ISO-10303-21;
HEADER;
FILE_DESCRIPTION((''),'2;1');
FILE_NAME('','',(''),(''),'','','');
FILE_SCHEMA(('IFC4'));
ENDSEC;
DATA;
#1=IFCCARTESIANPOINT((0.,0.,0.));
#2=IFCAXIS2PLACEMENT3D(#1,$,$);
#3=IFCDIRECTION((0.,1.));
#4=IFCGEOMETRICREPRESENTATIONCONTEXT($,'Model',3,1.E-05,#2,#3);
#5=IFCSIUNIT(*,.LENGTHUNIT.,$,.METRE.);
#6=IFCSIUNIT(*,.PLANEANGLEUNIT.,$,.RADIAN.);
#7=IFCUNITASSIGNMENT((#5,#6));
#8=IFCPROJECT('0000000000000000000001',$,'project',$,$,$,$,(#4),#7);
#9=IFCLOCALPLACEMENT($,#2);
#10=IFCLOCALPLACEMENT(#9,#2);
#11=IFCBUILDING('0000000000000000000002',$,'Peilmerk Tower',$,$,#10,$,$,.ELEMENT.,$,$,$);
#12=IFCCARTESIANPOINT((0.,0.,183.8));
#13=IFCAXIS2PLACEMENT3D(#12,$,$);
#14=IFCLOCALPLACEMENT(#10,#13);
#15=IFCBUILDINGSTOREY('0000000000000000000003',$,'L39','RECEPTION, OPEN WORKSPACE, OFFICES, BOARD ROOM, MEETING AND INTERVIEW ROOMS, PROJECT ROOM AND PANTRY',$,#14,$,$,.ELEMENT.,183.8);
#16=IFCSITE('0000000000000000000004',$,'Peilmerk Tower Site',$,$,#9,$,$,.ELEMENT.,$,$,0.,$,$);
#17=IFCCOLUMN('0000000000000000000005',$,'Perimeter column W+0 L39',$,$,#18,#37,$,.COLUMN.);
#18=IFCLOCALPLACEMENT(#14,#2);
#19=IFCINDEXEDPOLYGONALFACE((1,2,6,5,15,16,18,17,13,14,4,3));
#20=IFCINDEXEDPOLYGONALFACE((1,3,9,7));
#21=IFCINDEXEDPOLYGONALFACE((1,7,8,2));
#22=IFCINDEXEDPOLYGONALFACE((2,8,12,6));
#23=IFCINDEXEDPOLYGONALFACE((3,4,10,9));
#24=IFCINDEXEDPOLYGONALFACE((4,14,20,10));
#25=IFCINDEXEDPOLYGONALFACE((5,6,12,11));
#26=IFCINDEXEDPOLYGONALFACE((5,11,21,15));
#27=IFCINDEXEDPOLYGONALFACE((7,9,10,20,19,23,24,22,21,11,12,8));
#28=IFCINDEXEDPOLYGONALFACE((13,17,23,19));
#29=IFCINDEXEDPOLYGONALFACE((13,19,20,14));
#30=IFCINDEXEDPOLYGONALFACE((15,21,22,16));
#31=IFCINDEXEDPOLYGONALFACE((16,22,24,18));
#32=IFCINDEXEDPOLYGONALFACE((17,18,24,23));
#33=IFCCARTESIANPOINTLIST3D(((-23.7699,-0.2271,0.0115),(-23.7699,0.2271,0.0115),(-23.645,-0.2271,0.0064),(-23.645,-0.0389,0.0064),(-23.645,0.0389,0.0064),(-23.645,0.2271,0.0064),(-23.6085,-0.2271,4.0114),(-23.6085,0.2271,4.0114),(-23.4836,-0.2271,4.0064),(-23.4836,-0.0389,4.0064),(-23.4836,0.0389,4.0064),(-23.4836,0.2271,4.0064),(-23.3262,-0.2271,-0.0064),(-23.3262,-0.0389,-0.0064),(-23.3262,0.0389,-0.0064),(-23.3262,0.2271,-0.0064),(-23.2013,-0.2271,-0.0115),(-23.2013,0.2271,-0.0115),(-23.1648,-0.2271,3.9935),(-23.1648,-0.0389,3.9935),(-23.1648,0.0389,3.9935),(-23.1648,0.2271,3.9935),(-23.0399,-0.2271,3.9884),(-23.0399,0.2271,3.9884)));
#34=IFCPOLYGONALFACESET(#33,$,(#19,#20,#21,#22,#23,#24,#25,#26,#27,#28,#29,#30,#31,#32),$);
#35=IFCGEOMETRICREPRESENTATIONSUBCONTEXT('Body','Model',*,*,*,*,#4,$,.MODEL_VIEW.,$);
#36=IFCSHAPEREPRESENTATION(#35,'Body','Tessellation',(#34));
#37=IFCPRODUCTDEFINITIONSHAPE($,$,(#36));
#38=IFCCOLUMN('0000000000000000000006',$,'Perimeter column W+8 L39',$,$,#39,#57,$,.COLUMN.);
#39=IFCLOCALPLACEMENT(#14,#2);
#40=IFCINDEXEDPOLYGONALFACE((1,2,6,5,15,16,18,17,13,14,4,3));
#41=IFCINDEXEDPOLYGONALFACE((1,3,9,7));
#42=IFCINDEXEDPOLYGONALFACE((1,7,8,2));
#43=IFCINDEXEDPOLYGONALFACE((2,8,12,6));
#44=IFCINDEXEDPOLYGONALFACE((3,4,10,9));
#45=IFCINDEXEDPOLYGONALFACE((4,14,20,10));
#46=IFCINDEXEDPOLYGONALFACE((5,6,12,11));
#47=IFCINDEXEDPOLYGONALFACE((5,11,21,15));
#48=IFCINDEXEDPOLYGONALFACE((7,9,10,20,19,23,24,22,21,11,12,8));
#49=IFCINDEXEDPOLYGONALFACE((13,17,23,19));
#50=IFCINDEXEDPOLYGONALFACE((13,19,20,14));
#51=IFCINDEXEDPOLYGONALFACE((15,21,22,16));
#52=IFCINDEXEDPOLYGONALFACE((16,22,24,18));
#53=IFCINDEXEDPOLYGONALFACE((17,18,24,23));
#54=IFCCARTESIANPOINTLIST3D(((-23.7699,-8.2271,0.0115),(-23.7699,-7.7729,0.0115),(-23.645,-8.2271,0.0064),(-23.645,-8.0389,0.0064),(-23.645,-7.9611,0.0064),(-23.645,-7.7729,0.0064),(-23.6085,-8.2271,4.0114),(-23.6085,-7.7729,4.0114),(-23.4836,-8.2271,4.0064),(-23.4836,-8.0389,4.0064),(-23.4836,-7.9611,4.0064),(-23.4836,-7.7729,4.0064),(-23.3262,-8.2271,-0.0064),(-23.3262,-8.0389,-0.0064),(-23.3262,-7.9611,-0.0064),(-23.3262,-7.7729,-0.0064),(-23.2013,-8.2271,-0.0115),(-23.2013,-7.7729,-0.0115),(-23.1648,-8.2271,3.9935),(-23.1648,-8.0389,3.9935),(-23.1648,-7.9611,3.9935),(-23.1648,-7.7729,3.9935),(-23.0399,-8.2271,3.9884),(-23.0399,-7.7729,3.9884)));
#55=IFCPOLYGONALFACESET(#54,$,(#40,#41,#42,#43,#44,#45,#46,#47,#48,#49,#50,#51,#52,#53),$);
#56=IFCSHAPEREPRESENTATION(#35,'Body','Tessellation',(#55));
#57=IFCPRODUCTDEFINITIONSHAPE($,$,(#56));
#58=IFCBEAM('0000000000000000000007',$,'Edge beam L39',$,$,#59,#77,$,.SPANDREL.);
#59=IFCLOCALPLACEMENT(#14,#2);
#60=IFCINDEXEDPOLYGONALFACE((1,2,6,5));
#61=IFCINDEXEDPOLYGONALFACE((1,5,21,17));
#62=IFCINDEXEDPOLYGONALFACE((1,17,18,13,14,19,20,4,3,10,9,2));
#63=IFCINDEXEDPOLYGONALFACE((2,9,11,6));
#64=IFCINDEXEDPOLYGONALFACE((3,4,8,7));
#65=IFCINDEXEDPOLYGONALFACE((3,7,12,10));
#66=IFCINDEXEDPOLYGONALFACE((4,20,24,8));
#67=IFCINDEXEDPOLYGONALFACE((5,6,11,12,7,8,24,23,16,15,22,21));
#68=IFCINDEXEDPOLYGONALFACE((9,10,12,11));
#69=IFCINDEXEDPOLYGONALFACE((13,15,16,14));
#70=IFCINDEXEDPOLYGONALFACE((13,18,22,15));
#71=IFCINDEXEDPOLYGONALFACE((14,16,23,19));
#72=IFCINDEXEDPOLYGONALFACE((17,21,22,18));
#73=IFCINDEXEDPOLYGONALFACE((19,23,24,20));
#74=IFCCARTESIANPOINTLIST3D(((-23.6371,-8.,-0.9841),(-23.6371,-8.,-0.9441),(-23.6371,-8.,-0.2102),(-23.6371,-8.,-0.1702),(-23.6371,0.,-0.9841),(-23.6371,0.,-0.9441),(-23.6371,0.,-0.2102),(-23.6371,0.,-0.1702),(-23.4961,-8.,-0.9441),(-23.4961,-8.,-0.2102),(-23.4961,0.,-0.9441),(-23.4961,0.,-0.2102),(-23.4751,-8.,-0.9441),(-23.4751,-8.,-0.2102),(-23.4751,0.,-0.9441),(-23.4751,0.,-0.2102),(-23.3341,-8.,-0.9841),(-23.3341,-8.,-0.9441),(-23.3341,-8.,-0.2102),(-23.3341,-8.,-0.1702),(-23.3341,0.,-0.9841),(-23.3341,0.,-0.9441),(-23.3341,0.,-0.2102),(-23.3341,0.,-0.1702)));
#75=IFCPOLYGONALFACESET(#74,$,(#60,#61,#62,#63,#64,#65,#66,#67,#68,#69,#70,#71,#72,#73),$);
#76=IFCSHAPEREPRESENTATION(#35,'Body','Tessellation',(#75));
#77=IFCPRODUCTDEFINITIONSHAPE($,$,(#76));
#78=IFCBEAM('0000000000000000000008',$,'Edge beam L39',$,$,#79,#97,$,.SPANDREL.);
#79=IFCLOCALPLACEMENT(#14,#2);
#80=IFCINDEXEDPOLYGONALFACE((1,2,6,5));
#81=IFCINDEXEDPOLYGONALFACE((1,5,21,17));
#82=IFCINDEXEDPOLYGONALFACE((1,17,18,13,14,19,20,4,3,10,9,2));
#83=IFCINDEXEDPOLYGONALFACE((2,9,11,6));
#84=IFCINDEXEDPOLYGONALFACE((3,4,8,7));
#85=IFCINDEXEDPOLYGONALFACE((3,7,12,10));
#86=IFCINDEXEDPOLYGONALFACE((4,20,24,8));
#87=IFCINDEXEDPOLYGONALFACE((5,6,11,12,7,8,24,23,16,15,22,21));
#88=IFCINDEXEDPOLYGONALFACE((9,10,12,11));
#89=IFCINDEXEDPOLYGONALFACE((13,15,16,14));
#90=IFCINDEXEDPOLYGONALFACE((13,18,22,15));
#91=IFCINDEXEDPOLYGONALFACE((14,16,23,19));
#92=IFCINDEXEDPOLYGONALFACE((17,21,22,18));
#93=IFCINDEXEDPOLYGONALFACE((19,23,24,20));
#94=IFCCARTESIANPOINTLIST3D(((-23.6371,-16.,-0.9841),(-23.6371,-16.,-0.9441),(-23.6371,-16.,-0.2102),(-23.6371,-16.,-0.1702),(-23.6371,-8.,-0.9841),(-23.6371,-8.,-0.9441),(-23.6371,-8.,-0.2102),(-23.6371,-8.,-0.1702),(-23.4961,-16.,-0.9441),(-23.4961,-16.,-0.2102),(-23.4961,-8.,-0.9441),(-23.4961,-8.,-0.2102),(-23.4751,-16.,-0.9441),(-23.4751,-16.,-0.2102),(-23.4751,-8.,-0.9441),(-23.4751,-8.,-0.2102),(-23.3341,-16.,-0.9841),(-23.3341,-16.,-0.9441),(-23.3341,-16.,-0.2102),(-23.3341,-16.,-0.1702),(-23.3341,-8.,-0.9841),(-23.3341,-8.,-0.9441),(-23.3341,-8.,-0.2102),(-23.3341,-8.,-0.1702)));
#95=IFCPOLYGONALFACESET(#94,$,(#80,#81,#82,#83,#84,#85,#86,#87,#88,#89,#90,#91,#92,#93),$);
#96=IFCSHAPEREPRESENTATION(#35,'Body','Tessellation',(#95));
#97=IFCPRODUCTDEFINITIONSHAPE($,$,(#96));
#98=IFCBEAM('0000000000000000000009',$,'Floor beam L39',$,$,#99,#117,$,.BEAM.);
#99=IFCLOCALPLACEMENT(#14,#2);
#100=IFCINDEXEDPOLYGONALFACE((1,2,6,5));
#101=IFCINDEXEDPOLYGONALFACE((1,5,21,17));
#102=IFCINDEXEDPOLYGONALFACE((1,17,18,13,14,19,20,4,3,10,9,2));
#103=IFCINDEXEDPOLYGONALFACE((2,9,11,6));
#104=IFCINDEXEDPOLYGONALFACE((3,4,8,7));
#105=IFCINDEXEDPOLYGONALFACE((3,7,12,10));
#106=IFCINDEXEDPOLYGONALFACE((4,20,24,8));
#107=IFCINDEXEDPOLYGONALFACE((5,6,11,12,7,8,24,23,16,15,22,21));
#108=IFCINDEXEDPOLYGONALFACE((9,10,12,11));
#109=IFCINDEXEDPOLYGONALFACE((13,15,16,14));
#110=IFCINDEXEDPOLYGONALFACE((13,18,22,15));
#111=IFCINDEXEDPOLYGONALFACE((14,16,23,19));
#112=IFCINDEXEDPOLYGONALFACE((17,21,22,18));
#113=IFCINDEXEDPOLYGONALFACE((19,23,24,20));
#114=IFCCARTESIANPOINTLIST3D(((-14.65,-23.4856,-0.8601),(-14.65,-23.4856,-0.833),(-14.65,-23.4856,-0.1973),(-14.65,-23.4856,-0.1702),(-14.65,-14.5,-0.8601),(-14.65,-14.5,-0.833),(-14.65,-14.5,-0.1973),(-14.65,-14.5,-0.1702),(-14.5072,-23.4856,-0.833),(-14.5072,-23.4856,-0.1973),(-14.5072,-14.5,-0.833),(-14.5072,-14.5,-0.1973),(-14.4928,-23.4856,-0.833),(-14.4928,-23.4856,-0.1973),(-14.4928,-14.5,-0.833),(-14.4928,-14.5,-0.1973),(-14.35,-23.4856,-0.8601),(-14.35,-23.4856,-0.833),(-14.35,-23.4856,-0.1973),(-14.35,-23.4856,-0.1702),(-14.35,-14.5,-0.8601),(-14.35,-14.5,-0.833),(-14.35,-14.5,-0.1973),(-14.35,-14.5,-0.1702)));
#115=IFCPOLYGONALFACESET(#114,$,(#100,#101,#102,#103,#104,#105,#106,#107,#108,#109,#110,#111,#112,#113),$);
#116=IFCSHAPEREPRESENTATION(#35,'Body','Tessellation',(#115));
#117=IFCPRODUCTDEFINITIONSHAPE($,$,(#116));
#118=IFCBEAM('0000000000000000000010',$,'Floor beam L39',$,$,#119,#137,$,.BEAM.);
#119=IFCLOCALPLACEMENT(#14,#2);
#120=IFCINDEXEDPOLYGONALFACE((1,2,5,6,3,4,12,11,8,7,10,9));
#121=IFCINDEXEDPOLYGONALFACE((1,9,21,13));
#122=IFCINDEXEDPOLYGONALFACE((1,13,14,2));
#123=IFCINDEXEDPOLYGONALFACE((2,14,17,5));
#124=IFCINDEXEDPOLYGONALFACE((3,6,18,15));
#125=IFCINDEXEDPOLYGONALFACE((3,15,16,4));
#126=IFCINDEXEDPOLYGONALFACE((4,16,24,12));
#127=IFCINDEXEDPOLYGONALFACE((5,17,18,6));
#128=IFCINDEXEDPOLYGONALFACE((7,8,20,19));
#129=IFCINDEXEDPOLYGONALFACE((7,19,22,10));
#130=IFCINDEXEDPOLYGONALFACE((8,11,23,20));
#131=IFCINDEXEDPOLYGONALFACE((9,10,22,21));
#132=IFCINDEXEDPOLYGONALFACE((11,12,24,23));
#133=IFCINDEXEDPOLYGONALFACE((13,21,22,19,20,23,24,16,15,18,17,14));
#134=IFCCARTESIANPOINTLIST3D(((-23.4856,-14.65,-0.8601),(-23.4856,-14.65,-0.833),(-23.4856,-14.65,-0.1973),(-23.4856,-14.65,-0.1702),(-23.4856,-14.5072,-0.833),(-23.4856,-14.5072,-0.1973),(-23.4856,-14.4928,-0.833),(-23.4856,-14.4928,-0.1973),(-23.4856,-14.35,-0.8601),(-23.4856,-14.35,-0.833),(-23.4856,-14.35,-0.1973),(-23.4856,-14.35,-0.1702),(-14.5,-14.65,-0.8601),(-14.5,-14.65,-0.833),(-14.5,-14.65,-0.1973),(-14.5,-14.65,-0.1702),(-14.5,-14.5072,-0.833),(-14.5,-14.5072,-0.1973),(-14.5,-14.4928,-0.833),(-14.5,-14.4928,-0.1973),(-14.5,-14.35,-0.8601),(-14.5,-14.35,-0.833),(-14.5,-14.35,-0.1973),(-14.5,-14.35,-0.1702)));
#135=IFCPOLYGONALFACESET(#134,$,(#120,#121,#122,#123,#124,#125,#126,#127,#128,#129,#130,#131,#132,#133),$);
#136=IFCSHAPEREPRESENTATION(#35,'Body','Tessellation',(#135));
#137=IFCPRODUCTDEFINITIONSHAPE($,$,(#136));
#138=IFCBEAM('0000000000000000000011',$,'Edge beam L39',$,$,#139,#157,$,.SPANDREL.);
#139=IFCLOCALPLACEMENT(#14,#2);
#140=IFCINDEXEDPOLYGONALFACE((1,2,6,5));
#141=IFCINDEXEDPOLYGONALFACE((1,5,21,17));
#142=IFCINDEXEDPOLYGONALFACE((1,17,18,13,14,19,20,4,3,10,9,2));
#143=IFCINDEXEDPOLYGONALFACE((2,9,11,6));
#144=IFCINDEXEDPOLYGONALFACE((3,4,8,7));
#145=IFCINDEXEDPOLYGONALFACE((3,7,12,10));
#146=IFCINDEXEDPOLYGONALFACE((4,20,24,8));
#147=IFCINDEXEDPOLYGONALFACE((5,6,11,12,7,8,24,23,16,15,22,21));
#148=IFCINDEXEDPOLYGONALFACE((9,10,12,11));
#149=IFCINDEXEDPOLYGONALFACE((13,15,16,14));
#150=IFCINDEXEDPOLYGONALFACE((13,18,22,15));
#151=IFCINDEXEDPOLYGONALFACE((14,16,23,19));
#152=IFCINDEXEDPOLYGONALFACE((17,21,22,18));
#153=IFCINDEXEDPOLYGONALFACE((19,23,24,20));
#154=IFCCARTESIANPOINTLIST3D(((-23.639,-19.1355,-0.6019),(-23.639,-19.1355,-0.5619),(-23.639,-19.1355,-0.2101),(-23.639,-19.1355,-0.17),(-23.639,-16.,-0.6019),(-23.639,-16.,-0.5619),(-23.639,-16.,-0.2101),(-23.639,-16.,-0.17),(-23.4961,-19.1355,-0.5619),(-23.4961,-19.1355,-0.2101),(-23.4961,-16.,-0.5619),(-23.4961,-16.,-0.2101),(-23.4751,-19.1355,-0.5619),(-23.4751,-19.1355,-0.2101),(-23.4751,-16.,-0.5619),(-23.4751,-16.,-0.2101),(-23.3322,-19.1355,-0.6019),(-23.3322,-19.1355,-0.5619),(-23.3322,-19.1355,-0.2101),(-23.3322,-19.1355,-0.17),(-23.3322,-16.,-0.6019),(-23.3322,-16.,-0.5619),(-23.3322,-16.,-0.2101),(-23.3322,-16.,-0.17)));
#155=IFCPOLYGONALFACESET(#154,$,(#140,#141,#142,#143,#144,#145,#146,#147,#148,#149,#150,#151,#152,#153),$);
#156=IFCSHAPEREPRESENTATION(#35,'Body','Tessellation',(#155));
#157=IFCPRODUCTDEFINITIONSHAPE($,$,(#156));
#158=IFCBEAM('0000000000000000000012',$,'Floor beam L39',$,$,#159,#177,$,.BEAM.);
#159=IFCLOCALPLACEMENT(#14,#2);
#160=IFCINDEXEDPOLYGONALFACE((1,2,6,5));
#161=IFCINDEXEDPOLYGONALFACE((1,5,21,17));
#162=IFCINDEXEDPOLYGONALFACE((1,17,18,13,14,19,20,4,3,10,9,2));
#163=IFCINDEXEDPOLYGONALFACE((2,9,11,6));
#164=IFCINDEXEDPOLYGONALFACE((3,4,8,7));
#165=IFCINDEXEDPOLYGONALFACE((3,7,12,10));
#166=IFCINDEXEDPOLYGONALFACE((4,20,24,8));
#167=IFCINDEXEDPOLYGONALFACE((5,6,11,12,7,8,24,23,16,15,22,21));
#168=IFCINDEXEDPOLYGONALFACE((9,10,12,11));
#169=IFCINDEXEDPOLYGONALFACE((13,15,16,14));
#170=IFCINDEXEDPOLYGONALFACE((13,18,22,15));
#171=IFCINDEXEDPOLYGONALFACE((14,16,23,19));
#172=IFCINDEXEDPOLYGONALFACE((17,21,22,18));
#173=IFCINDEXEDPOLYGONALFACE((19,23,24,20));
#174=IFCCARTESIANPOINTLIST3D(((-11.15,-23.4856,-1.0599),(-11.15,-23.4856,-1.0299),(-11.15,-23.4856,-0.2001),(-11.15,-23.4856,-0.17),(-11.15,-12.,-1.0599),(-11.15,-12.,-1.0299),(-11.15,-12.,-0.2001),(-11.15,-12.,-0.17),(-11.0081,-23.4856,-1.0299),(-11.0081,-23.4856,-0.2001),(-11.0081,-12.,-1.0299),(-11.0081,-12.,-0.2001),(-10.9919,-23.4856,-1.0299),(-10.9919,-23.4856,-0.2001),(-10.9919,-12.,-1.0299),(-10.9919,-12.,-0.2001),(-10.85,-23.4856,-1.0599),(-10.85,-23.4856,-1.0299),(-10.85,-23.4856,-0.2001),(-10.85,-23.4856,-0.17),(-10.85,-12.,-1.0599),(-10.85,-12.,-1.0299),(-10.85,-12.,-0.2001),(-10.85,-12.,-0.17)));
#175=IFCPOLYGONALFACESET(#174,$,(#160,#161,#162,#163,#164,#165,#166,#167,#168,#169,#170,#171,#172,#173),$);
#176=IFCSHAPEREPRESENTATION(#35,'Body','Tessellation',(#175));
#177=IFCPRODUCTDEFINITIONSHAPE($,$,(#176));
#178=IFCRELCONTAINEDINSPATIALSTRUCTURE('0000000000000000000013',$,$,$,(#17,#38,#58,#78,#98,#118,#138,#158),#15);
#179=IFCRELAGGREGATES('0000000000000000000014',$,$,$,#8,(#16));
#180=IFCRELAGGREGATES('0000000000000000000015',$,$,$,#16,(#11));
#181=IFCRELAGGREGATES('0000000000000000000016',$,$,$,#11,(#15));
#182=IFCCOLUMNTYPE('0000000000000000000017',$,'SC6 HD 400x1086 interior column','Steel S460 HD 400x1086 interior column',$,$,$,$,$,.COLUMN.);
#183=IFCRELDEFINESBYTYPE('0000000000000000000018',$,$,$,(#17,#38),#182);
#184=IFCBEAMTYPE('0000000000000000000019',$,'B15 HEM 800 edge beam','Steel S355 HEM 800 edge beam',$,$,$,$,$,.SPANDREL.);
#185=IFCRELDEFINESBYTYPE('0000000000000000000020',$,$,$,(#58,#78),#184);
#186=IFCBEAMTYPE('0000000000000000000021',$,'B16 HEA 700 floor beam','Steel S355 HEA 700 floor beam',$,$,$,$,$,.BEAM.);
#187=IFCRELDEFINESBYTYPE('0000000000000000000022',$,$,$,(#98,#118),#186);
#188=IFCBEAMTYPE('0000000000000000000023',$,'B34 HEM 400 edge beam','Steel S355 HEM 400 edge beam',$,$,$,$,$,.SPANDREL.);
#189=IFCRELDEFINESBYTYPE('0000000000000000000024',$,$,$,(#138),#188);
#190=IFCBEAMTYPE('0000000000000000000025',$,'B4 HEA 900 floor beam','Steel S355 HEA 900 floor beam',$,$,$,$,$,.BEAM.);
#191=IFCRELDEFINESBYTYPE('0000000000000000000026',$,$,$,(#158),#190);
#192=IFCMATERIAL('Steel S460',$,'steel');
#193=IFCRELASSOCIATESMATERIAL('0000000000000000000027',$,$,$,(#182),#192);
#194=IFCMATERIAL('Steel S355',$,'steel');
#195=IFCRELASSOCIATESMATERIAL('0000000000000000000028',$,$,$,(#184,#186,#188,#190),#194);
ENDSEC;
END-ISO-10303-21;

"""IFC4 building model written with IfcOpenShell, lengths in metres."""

from ifc_helpers import new_model, si_unit, direction, frame, origin, origin_2d, place, context, subcontext, project, spatial, i_section, extrude, material, material_profile, profile_set, type_object, element, save


model = new_model("IFC4")

# Units and contexts
model_context = context("Model", 3, precision=1e-05, world=origin(), true_north=direction((0.0, 1.0)))
body_context = subcontext(model_context, "Body", "Model", "MODEL_VIEW")
ifc_project = project(units=[si_unit("LENGTHUNIT", "METRE"), si_unit("PLANEANGLEUNIT", "RADIAN")], contexts=[model_context])

# Site, building, storey
site_placement = place(None, origin())
site = spatial("IfcSite", under=ifc_project, at=site_placement, Name="Peilmerk Tower Site", CompositionType="ELEMENT", RefElevation=0.0)
building_placement = place(site_placement, origin())
building = spatial("IfcBuilding", under=site, at=building_placement, Name="Peilmerk Tower", CompositionType="ELEMENT")
storey_placement = place(building_placement, frame((0.0, 0.0, 183.8)))
storey = spatial("IfcBuildingStorey", under=building, at=storey_placement, Name="L39", Description="RECEPTION, OPEN WORKSPACE, OFFICES, BOARD ROOM, MEETING AND INTERVIEW ROOMS, PROJECT ROOM AND PANTRY", CompositionType="ELEMENT", Elevation=183.8)

# Columns
ifc_material_1 = material(Name="Steel S460", Category="steel")
ifc_material_profile_1 = material_profile(ifc_material_1, i_section(OverallWidth=0.4541, OverallDepth=0.5691, WebThickness=0.0779, FlangeThickness=0.125, at=origin_2d()), Name="HD 400x1086")
ifc_profile_set_1 = profile_set([ifc_material_profile_1], Name="Steel S460")
column_type = type_object("IfcColumnType", Name="SC6 HD 400x1086 interior column", Description="Steel S460 HD 400x1086 interior column", PredefinedType="COLUMN", material=ifc_profile_set_1)
for number, where, z_axis, x_axis, name in (
    (1, (-23.4856, 0.0, 0.0), (0.040311, 0.0, 0.999187), (0.0, 1.0, 0.0), "Perimeter column W+0 L39"),
    (2, (-23.4856, -8.0, 0.0), (0.040311, 0.0, 0.999187), (0.0, 1.0, 0.0), "Perimeter column W+8 L39"),
):
    element("IfcColumn", number, at=place(storey_placement, frame(where, z_axis=z_axis, x_axis=x_axis)), inside=storey, type_object=column_type, Name=name, PredefinedType="COLUMN", context=body_context, shape_type="SweptSolid", body=[
        extrude(i_section(OverallWidth=0.4541, OverallDepth=0.5691, WebThickness=0.0779, FlangeThickness=0.125, at=origin_2d()), origin(), (0.0, 0.0, 1.0), 4.0032),
    ])

# Beams
ifc_material_2 = material(Name="Steel S355", Category="steel")
ifc_material_profile_2 = material_profile(ifc_material_2, i_section(OverallWidth=0.303, OverallDepth=0.814, WebThickness=0.021, FlangeThickness=0.04, at=origin_2d()), Name="HEM 800")
ifc_profile_set_2 = profile_set([ifc_material_profile_2], Name="Steel S355")
beam_type_1 = type_object("IfcBeamType", Name="B15 HEM 800 edge beam", Description="Steel S355 HEM 800 edge beam", PredefinedType="SPANDREL", material=ifc_profile_set_2)
for number, where, z_axis, x_axis, name in (
    (3, (-23.4856, 0.0, -0.5771), (0.0, -1.0, 0.0), (1.0, 0.0, 0.0), "Edge beam L39"),
    (4, (-23.4856, -8.0, -0.5771), (0.0, -1.0, 0.0), (1.0, 0.0, 0.0), "Edge beam L39"),
):
    element("IfcBeam", number, at=place(storey_placement, frame(where, z_axis=z_axis, x_axis=x_axis)), inside=storey, type_object=beam_type_1, Name=name, PredefinedType="SPANDREL", context=body_context, shape_type="SweptSolid", body=[
        extrude(i_section(OverallWidth=0.303, OverallDepth=0.814, WebThickness=0.021, FlangeThickness=0.04, at=origin_2d()), origin(), (0.0, 0.0, 1.0), 8.0),
    ])
ifc_material_profile_3 = material_profile(ifc_material_2, i_section(OverallWidth=0.3, OverallDepth=0.6899, WebThickness=0.0144, FlangeThickness=0.0271, at=origin_2d()), Name="HEA 700")
ifc_profile_set_3 = profile_set([ifc_material_profile_3], Name="Steel S355")
beam_type_2 = type_object("IfcBeamType", Name="B16 HEA 700 floor beam", Description="Steel S355 HEA 700 floor beam", PredefinedType="BEAM", material=ifc_profile_set_3)
for number, where, z_axis, x_axis, name in (
    (5, (-14.5, -14.5, -0.5151), (0.0, -1.0, 0.0), (1.0, 0.0, 0.0), "Floor beam L39"),
    (6, (-14.5, -14.5, -0.5151), (-1.0, 0.0, 0.0), (0.0, -1.0, 0.0), "Floor beam L39"),
):
    element("IfcBeam", number, at=place(storey_placement, frame(where, z_axis=z_axis, x_axis=x_axis)), inside=storey, type_object=beam_type_2, Name=name, PredefinedType="BEAM", context=body_context, shape_type="SweptSolid", body=[
        extrude(i_section(OverallWidth=0.3, OverallDepth=0.6899, WebThickness=0.0144, FlangeThickness=0.0271, at=origin_2d()), origin(), (0.0, 0.0, 1.0), 8.9856),
    ])
ifc_material_profile_4 = material_profile(ifc_material_2, i_section(OverallWidth=0.3069, OverallDepth=0.4319, WebThickness=0.021, FlangeThickness=0.04, at=origin_2d()), Name="HEM 400")
ifc_profile_set_4 = profile_set([ifc_material_profile_4], Name="Steel S355")
beam_type_3 = type_object("IfcBeamType", Name="B34 HEM 400 edge beam", Description="Steel S355 HEM 400 edge beam", PredefinedType="SPANDREL", material=ifc_profile_set_4)
beam_1_placement = place(storey_placement, frame((-23.4856, -16.0, -0.386), z_axis=(0.0, -1.0, 0.0), x_axis=(1.0, 0.0, 0.0)))
element("IfcBeam", 7, at=beam_1_placement, inside=storey, type_object=beam_type_3, Name="Edge beam L39", PredefinedType="SPANDREL", context=body_context, shape_type="SweptSolid", body=[
    extrude(i_section(OverallWidth=0.3069, OverallDepth=0.4319, WebThickness=0.021, FlangeThickness=0.04, at=origin_2d()), origin(), (0.0, 0.0, 1.0), 3.1355),
])
ifc_material_profile_5 = material_profile(ifc_material_2, i_section(OverallWidth=0.3, OverallDepth=0.8899, WebThickness=0.0161, FlangeThickness=0.03, at=origin_2d()), Name="HEA 900")
ifc_profile_set_5 = profile_set([ifc_material_profile_5], Name="Steel S355")
beam_type_4 = type_object("IfcBeamType", Name="B4 HEA 900 floor beam", Description="Steel S355 HEA 900 floor beam", PredefinedType="BEAM", material=ifc_profile_set_5)
for number, where, z_axis, x_axis, name in (
    (8, (-11.0, -12.0, -0.615), (0.0, -1.0, 0.0), (1.0, 0.0, 0.0), "Floor beam L39"),
):
    element("IfcBeam", number, at=place(storey_placement, frame(where, z_axis=z_axis, x_axis=x_axis)), inside=storey, type_object=beam_type_4, Name=name, PredefinedType="BEAM", context=body_context, shape_type="SweptSolid", body=[
        extrude(i_section(OverallWidth=0.3, OverallDepth=0.8899, WebThickness=0.0161, FlangeThickness=0.03, at=origin_2d()), origin(), (0.0, 0.0, 1.0), 11.4856),
    ])

save(model, "model.ifc")
